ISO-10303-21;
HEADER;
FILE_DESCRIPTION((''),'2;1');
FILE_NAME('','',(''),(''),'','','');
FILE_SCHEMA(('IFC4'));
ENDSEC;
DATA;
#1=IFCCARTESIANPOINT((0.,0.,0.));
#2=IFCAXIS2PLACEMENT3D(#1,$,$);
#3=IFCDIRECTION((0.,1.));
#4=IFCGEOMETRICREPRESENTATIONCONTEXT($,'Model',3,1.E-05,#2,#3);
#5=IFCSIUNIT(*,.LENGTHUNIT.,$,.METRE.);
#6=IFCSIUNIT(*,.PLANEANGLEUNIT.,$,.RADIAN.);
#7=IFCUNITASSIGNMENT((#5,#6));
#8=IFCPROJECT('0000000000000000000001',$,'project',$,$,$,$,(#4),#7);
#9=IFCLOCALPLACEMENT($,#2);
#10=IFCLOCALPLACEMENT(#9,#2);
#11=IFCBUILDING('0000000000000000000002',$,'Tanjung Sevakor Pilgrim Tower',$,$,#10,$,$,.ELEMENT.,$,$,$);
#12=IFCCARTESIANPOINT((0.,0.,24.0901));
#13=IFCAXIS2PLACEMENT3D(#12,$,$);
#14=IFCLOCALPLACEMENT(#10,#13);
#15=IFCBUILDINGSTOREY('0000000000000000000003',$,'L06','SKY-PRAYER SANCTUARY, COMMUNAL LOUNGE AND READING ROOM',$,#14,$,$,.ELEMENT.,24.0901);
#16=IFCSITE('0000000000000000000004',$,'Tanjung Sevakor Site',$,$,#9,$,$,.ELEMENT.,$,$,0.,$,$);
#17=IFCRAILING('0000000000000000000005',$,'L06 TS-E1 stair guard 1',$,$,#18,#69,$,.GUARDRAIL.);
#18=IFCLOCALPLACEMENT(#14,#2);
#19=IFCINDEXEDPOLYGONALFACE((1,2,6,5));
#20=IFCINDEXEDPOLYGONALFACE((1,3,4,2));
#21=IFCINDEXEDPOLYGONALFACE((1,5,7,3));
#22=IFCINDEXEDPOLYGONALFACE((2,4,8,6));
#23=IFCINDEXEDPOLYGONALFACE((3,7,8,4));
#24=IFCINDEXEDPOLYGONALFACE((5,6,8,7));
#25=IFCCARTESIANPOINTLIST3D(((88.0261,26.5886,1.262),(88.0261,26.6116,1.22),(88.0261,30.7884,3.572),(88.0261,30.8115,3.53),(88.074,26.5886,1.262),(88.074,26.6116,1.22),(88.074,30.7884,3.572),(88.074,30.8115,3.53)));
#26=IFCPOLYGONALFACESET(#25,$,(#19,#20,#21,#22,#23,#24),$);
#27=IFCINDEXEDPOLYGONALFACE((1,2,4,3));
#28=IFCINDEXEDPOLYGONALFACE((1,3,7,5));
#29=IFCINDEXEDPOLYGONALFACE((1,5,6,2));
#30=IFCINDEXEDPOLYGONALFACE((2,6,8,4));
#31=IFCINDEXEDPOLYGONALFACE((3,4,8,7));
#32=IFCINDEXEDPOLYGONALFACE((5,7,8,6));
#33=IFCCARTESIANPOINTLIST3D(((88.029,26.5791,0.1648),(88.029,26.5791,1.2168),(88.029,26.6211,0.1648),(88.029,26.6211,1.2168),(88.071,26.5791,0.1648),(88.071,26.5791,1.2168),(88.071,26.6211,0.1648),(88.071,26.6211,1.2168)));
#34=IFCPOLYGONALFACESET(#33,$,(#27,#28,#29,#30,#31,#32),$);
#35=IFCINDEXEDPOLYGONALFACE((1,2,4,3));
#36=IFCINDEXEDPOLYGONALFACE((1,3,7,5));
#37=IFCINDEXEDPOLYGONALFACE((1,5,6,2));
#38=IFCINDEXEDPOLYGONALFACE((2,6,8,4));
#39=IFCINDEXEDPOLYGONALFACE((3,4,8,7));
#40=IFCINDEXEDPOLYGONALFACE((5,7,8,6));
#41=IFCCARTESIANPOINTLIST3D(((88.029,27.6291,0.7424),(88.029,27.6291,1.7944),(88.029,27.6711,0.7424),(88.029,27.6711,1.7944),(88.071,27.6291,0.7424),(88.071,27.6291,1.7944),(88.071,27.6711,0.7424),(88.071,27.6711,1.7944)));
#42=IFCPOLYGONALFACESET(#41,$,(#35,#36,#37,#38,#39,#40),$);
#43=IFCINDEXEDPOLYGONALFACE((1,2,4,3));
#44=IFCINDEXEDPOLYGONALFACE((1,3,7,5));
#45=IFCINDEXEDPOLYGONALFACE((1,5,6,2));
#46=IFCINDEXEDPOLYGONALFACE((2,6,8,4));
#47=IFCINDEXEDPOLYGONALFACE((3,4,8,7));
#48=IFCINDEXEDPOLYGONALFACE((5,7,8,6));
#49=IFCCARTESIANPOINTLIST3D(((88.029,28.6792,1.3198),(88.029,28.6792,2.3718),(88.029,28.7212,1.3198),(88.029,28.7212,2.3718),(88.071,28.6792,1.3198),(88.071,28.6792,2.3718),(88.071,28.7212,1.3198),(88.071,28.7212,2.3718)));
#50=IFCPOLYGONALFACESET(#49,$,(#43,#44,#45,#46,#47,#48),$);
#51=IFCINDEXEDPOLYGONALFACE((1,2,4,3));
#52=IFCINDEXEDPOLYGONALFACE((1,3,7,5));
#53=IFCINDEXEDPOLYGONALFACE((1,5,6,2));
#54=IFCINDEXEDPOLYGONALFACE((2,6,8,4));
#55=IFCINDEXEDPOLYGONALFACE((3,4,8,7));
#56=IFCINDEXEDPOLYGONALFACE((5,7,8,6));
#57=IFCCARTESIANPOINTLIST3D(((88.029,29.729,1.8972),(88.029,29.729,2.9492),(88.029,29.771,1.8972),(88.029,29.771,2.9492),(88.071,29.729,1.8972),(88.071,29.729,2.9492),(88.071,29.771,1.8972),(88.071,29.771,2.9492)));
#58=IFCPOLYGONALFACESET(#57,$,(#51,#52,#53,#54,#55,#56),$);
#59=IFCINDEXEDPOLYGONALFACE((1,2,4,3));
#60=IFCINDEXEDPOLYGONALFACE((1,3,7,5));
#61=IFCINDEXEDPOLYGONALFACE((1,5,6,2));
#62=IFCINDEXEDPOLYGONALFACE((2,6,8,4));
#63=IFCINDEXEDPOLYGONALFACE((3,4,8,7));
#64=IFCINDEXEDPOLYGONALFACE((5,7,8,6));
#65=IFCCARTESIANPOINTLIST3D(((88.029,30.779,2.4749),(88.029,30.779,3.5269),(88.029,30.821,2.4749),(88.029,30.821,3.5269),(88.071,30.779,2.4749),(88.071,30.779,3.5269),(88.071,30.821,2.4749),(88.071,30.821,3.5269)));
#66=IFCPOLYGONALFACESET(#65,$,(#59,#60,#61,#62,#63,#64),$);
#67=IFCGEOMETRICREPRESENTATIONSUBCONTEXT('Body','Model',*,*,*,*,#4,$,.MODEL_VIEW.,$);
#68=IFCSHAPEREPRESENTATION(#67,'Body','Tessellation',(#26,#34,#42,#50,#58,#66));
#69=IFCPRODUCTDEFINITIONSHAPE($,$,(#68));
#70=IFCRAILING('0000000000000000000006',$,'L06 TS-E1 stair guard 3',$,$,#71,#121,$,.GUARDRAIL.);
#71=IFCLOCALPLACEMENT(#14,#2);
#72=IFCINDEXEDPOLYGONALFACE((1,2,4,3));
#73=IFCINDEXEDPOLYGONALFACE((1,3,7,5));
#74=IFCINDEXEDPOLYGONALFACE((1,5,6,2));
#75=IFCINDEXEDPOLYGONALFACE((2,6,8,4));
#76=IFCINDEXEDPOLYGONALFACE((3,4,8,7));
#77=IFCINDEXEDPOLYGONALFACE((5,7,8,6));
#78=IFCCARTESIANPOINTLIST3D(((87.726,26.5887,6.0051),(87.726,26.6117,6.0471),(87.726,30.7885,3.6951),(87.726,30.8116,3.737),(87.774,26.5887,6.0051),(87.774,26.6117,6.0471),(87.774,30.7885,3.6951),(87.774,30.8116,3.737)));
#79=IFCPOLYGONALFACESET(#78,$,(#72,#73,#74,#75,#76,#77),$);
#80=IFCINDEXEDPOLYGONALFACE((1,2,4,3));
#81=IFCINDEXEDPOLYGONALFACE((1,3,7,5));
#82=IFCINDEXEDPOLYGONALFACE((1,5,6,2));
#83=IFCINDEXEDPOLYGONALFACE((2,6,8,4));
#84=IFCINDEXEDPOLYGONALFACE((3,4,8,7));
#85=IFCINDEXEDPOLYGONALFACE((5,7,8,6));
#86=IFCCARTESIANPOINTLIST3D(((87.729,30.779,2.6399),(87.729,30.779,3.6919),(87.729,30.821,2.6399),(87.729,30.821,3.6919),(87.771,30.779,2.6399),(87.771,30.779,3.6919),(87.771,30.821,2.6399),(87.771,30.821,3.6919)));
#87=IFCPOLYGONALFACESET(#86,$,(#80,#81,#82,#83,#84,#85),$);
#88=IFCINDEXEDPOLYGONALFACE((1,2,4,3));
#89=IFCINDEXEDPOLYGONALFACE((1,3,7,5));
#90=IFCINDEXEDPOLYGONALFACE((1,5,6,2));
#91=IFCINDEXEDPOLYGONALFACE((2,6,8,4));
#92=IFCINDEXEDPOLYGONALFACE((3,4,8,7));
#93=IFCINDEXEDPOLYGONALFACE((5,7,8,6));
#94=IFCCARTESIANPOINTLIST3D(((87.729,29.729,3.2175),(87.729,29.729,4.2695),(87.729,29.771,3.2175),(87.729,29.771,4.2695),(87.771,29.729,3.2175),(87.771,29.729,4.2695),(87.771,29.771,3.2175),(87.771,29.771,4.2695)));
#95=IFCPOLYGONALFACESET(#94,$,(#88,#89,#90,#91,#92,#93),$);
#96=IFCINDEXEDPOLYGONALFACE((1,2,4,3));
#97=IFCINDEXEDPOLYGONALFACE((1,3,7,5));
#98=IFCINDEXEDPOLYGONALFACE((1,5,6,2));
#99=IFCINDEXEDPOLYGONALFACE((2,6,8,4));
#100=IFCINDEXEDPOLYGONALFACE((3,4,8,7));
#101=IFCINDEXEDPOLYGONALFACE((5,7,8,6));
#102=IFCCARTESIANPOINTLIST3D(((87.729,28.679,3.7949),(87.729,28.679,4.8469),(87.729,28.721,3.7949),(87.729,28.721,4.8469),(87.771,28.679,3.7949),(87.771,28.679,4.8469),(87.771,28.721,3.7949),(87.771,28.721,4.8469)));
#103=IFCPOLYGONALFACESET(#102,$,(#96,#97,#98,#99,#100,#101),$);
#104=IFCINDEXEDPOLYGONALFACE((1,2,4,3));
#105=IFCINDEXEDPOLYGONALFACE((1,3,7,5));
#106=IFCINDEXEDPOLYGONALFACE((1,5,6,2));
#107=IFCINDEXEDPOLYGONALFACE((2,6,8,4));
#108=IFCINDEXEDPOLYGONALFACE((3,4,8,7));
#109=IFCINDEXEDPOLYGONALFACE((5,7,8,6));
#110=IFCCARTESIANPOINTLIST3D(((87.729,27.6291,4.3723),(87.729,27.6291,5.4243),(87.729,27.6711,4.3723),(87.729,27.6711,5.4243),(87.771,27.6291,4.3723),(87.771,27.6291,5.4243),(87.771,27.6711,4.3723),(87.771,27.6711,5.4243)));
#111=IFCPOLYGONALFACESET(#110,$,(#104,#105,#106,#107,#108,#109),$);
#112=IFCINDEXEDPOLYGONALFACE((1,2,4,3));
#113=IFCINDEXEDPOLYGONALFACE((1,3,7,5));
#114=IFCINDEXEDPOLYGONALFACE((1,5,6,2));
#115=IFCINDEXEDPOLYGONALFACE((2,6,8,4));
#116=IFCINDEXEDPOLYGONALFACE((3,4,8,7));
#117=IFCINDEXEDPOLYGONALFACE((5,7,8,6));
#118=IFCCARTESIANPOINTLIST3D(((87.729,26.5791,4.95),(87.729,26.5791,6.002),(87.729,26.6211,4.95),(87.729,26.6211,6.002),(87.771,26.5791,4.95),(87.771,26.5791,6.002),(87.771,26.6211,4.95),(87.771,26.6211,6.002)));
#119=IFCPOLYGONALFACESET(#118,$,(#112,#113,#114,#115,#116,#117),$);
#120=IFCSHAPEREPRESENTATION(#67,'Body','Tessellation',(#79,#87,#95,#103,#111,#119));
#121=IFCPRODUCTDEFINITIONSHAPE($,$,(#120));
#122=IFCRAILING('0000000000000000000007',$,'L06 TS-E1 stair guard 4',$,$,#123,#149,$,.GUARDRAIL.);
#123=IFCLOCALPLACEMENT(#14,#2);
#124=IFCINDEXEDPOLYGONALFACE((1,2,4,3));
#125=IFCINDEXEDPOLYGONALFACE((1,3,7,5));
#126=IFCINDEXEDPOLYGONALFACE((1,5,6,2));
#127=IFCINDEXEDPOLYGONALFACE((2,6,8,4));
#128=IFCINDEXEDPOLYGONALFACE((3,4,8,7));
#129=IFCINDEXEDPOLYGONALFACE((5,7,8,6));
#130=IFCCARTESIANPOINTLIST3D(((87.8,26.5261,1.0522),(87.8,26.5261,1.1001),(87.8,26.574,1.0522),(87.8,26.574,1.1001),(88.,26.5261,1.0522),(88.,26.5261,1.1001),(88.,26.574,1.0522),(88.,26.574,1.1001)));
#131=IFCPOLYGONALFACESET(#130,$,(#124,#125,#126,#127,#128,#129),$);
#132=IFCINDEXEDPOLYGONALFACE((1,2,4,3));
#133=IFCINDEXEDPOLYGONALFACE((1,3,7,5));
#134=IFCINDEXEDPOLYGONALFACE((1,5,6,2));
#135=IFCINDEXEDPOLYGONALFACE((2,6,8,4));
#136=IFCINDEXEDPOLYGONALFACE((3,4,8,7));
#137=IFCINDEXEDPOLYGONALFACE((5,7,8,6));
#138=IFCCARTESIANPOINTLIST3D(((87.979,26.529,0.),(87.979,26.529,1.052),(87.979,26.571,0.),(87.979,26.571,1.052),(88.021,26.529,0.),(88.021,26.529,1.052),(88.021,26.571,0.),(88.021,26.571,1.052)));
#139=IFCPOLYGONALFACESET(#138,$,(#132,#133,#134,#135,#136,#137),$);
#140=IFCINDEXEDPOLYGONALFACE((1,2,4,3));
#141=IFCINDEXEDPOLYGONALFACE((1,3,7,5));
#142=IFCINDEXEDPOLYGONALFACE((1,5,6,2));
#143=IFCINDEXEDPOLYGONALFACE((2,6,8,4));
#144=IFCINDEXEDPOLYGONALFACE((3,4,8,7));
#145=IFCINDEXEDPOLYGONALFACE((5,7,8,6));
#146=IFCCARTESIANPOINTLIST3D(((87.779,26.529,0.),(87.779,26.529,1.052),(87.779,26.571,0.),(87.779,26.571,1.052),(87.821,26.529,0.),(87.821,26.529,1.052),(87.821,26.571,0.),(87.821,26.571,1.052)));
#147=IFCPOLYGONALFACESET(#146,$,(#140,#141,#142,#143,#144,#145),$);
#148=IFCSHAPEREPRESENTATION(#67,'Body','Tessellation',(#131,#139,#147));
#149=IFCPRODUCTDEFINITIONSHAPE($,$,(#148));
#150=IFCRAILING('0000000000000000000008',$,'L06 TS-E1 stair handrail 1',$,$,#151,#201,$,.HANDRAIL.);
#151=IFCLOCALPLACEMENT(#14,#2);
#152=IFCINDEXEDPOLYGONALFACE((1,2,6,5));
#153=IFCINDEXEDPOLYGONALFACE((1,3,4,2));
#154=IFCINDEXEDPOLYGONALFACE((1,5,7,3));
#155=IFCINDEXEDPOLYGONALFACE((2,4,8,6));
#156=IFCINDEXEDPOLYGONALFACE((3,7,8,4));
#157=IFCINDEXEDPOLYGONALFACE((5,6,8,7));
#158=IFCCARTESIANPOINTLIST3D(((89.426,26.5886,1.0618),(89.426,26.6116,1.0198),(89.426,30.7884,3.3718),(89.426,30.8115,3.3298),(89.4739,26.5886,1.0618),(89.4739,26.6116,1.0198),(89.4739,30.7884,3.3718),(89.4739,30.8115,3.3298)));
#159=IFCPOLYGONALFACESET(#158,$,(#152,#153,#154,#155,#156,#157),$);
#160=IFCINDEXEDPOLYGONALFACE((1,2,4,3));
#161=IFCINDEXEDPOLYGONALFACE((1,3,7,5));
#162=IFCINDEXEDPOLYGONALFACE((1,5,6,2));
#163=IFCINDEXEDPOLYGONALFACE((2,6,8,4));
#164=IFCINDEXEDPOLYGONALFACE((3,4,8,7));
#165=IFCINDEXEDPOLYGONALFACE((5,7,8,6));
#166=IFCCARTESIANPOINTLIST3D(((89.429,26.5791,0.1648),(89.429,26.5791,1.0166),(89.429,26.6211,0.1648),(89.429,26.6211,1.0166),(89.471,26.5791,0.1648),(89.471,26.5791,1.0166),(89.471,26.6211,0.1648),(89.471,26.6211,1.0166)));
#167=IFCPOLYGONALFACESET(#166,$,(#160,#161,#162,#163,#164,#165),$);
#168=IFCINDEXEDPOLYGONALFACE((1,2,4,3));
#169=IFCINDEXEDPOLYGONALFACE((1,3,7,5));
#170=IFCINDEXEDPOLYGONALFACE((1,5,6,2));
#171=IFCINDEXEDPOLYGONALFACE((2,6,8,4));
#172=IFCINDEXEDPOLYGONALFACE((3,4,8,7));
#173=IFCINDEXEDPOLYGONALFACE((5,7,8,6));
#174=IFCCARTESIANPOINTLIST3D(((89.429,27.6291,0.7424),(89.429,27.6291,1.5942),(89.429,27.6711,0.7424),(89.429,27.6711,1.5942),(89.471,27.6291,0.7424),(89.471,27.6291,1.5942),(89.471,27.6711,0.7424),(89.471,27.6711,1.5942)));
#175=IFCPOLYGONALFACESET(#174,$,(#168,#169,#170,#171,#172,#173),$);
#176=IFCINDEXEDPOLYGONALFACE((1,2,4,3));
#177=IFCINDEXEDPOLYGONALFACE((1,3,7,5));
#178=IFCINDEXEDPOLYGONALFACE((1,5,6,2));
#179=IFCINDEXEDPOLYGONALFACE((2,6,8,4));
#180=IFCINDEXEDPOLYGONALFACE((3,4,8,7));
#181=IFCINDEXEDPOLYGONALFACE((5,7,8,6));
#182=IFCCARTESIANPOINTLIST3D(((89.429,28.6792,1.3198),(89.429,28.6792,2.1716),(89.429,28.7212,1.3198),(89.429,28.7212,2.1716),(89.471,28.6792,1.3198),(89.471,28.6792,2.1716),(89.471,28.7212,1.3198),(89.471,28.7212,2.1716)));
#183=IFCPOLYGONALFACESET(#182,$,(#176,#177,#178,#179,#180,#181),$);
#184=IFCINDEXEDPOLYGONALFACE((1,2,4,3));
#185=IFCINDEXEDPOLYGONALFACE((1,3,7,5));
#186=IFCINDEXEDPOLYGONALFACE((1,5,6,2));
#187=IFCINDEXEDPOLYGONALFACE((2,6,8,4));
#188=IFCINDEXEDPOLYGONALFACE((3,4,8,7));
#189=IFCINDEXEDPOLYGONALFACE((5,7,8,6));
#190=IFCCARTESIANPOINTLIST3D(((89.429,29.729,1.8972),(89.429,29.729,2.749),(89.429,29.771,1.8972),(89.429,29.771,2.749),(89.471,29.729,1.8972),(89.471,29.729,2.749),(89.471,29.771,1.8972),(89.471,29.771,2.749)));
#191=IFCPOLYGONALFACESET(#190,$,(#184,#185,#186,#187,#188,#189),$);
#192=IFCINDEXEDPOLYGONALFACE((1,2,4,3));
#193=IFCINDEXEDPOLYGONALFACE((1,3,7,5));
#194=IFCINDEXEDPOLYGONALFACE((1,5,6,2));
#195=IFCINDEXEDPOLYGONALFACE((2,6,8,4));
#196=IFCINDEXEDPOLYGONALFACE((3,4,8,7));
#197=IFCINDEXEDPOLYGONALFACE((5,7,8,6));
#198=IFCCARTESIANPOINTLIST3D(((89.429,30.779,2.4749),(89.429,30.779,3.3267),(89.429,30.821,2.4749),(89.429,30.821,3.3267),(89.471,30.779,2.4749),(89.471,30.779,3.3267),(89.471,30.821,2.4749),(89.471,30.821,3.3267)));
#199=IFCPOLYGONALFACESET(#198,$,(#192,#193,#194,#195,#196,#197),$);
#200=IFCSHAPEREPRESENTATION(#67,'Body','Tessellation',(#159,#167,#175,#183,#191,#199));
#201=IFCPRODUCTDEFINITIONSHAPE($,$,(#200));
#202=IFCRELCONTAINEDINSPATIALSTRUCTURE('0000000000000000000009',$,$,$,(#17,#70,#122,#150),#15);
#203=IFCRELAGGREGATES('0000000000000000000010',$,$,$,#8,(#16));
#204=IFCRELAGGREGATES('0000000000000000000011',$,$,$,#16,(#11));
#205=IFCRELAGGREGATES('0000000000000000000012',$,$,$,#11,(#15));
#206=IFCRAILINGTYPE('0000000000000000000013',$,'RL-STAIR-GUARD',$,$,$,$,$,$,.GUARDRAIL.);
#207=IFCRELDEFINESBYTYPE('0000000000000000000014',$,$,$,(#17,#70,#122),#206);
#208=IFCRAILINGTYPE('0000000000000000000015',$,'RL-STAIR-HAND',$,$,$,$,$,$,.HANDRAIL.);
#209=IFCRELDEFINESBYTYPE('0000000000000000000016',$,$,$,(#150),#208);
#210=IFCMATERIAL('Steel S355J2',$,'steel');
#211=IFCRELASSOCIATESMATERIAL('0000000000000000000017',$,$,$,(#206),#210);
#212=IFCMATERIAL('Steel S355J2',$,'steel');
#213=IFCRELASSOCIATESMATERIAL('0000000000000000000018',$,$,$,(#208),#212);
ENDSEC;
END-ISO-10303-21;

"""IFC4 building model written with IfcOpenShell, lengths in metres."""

from ifc_helpers import new_model, si_unit, direction, frame, origin, place, context, subcontext, project, spatial, rectangle, extrude, material, type_object, element, save


model = new_model("IFC4")

# Units and contexts
model_context = context("Model", 3, precision=1e-05, world=origin(), true_north=direction((0.0, 1.0)))
body_context = subcontext(model_context, "Body", "Model", "MODEL_VIEW")
ifc_project = project(units=[si_unit("LENGTHUNIT", "METRE"), si_unit("PLANEANGLEUNIT", "RADIAN")], contexts=[model_context])

# Site, building, storey
site_placement = place(None, origin())
site = spatial("IfcSite", under=ifc_project, at=site_placement, Name="Tanjung Sevakor Site", CompositionType="ELEMENT", RefElevation=0.0)
building_placement = place(site_placement, origin())
building = spatial("IfcBuilding", under=site, at=building_placement, Name="Tanjung Sevakor Pilgrim Tower", CompositionType="ELEMENT")
storey_placement = place(building_placement, frame((0.0, 0.0, 24.0901)))
storey = spatial("IfcBuildingStorey", under=building, at=storey_placement, Name="L06", Description="SKY-PRAYER SANCTUARY, COMMUNAL LOUNGE AND READING ROOM", CompositionType="ELEMENT", Elevation=24.0901)

# Railings
ifc_material_1 = material(Name="Steel S355J2", Category="steel")
railing_type_1 = type_object("IfcRailingType", Name="RL-STAIR-GUARD", PredefinedType="GUARDRAIL", material=ifc_material_1)
railing_1_placement = place(storey_placement, frame((88.05, 26.6001, 0.1648)))
element("IfcRailing", 1, at=railing_1_placement, inside=storey, type_object=railing_type_1, Name="L06 TS-E1 stair guard 1", PredefinedType="GUARDRAIL", context=body_context, shape_type="SweptSolid", body=[
    extrude(rectangle(XDim=0.0479, YDim=0.0479), frame((0.0, 0.0, 1.0762), z_axis=(0.0, 0.876208, 0.481932), x_axis=(-1.0, 0.0, 0.0)), (0.0, 0.0, 1.0), 4.7932),
    extrude(rectangle(XDim=0.042, YDim=0.042), origin(), (0.0, 0.0, 1.0), 1.052),
    extrude(rectangle(XDim=0.042, YDim=0.042), frame((0.0, 1.05, 0.5776)), (0.0, 0.0, 1.0), 1.052),
    extrude(rectangle(XDim=0.042, YDim=0.042), frame((0.0, 2.1001, 1.155)), (0.0, 0.0, 1.0), 1.052),
    extrude(rectangle(XDim=0.042, YDim=0.042), frame((0.0, 3.1499, 1.7324)), (0.0, 0.0, 1.0), 1.052),
    extrude(rectangle(XDim=0.042, YDim=0.042), frame((0.0, 4.2, 2.3101)), (0.0, 0.0, 1.0), 1.052),
])
railing_2_placement = place(storey_placement, frame((87.75, 30.8, 2.6399)))
element("IfcRailing", 2, at=railing_2_placement, inside=storey, type_object=railing_type_1, Name="L06 TS-E1 stair guard 3", PredefinedType="GUARDRAIL", context=body_context, shape_type="SweptSolid", body=[
    extrude(rectangle(XDim=0.0479, YDim=0.0479), frame((0.0, 0.0, 1.0762), z_axis=(0.0, -0.876208, 0.481932), x_axis=(1.0, 0.0, 0.0)), (0.0, 0.0, 1.0), 4.7932),
    extrude(rectangle(XDim=0.042, YDim=0.042), origin(), (0.0, 0.0, 1.0), 1.052),
    extrude(rectangle(XDim=0.042, YDim=0.042), frame((0.0, -1.05, 0.5776)), (0.0, 0.0, 1.0), 1.052),
    extrude(rectangle(XDim=0.042, YDim=0.042), frame((0.0, -2.1001, 1.155)), (0.0, 0.0, 1.0), 1.052),
    extrude(rectangle(XDim=0.042, YDim=0.042), frame((0.0, -3.1499, 1.7324)), (0.0, 0.0, 1.0), 1.052),
    extrude(rectangle(XDim=0.042, YDim=0.042), frame((0.0, -4.2, 2.3101)), (0.0, 0.0, 1.0), 1.052),
])
railing_3_placement = place(storey_placement, frame((88.0, 26.55, 0.0)))
element("IfcRailing", 3, at=railing_3_placement, inside=storey, type_object=railing_type_1, Name="L06 TS-E1 stair guard 4", PredefinedType="GUARDRAIL", context=body_context, shape_type="SweptSolid", body=[
    extrude(rectangle(XDim=0.0479, YDim=0.0479), frame((0.0, 0.0, 1.0762), z_axis=(-1.0, 0.0, 0.0), x_axis=(0.0, -1.0, 0.0)), (0.0, 0.0, 1.0), 0.2),
    extrude(rectangle(XDim=0.042, YDim=0.042), origin(), (0.0, 0.0, 1.0), 1.052),
    extrude(rectangle(XDim=0.042, YDim=0.042), frame((-0.2, 0.0, 0.0)), (0.0, 0.0, 1.0), 1.052),
])
ifc_material_2 = material(Name="Steel S355J2", Category="steel")
railing_type_2 = type_object("IfcRailingType", Name="RL-STAIR-HAND", PredefinedType="HANDRAIL", material=ifc_material_2)
railing_4_placement = place(storey_placement, frame((89.45, 26.6001, 0.1648)))
element("IfcRailing", 4, at=railing_4_placement, inside=storey, type_object=railing_type_2, Name="L06 TS-E1 stair handrail 1", PredefinedType="HANDRAIL", context=body_context, shape_type="SweptSolid", body=[
    extrude(rectangle(XDim=0.0479, YDim=0.0479), frame((0.0, 0.0, 0.876), z_axis=(0.0, 0.876208, 0.481932), x_axis=(-1.0, 0.0, 0.0)), (0.0, 0.0, 1.0), 4.7932),
    extrude(rectangle(XDim=0.042, YDim=0.042), origin(), (0.0, 0.0, 1.0), 0.8518),
    extrude(rectangle(XDim=0.042, YDim=0.042), frame((0.0, 1.05, 0.5776)), (0.0, 0.0, 1.0), 0.8518),
    extrude(rectangle(XDim=0.042, YDim=0.042), frame((0.0, 2.1001, 1.155)), (0.0, 0.0, 1.0), 0.8518),
    extrude(rectangle(XDim=0.042, YDim=0.042), frame((0.0, 3.1499, 1.7324)), (0.0, 0.0, 1.0), 0.8518),
    extrude(rectangle(XDim=0.042, YDim=0.042), frame((0.0, 4.2, 2.3101)), (0.0, 0.0, 1.0), 0.8518),
])

save(model, "model.ifc")
